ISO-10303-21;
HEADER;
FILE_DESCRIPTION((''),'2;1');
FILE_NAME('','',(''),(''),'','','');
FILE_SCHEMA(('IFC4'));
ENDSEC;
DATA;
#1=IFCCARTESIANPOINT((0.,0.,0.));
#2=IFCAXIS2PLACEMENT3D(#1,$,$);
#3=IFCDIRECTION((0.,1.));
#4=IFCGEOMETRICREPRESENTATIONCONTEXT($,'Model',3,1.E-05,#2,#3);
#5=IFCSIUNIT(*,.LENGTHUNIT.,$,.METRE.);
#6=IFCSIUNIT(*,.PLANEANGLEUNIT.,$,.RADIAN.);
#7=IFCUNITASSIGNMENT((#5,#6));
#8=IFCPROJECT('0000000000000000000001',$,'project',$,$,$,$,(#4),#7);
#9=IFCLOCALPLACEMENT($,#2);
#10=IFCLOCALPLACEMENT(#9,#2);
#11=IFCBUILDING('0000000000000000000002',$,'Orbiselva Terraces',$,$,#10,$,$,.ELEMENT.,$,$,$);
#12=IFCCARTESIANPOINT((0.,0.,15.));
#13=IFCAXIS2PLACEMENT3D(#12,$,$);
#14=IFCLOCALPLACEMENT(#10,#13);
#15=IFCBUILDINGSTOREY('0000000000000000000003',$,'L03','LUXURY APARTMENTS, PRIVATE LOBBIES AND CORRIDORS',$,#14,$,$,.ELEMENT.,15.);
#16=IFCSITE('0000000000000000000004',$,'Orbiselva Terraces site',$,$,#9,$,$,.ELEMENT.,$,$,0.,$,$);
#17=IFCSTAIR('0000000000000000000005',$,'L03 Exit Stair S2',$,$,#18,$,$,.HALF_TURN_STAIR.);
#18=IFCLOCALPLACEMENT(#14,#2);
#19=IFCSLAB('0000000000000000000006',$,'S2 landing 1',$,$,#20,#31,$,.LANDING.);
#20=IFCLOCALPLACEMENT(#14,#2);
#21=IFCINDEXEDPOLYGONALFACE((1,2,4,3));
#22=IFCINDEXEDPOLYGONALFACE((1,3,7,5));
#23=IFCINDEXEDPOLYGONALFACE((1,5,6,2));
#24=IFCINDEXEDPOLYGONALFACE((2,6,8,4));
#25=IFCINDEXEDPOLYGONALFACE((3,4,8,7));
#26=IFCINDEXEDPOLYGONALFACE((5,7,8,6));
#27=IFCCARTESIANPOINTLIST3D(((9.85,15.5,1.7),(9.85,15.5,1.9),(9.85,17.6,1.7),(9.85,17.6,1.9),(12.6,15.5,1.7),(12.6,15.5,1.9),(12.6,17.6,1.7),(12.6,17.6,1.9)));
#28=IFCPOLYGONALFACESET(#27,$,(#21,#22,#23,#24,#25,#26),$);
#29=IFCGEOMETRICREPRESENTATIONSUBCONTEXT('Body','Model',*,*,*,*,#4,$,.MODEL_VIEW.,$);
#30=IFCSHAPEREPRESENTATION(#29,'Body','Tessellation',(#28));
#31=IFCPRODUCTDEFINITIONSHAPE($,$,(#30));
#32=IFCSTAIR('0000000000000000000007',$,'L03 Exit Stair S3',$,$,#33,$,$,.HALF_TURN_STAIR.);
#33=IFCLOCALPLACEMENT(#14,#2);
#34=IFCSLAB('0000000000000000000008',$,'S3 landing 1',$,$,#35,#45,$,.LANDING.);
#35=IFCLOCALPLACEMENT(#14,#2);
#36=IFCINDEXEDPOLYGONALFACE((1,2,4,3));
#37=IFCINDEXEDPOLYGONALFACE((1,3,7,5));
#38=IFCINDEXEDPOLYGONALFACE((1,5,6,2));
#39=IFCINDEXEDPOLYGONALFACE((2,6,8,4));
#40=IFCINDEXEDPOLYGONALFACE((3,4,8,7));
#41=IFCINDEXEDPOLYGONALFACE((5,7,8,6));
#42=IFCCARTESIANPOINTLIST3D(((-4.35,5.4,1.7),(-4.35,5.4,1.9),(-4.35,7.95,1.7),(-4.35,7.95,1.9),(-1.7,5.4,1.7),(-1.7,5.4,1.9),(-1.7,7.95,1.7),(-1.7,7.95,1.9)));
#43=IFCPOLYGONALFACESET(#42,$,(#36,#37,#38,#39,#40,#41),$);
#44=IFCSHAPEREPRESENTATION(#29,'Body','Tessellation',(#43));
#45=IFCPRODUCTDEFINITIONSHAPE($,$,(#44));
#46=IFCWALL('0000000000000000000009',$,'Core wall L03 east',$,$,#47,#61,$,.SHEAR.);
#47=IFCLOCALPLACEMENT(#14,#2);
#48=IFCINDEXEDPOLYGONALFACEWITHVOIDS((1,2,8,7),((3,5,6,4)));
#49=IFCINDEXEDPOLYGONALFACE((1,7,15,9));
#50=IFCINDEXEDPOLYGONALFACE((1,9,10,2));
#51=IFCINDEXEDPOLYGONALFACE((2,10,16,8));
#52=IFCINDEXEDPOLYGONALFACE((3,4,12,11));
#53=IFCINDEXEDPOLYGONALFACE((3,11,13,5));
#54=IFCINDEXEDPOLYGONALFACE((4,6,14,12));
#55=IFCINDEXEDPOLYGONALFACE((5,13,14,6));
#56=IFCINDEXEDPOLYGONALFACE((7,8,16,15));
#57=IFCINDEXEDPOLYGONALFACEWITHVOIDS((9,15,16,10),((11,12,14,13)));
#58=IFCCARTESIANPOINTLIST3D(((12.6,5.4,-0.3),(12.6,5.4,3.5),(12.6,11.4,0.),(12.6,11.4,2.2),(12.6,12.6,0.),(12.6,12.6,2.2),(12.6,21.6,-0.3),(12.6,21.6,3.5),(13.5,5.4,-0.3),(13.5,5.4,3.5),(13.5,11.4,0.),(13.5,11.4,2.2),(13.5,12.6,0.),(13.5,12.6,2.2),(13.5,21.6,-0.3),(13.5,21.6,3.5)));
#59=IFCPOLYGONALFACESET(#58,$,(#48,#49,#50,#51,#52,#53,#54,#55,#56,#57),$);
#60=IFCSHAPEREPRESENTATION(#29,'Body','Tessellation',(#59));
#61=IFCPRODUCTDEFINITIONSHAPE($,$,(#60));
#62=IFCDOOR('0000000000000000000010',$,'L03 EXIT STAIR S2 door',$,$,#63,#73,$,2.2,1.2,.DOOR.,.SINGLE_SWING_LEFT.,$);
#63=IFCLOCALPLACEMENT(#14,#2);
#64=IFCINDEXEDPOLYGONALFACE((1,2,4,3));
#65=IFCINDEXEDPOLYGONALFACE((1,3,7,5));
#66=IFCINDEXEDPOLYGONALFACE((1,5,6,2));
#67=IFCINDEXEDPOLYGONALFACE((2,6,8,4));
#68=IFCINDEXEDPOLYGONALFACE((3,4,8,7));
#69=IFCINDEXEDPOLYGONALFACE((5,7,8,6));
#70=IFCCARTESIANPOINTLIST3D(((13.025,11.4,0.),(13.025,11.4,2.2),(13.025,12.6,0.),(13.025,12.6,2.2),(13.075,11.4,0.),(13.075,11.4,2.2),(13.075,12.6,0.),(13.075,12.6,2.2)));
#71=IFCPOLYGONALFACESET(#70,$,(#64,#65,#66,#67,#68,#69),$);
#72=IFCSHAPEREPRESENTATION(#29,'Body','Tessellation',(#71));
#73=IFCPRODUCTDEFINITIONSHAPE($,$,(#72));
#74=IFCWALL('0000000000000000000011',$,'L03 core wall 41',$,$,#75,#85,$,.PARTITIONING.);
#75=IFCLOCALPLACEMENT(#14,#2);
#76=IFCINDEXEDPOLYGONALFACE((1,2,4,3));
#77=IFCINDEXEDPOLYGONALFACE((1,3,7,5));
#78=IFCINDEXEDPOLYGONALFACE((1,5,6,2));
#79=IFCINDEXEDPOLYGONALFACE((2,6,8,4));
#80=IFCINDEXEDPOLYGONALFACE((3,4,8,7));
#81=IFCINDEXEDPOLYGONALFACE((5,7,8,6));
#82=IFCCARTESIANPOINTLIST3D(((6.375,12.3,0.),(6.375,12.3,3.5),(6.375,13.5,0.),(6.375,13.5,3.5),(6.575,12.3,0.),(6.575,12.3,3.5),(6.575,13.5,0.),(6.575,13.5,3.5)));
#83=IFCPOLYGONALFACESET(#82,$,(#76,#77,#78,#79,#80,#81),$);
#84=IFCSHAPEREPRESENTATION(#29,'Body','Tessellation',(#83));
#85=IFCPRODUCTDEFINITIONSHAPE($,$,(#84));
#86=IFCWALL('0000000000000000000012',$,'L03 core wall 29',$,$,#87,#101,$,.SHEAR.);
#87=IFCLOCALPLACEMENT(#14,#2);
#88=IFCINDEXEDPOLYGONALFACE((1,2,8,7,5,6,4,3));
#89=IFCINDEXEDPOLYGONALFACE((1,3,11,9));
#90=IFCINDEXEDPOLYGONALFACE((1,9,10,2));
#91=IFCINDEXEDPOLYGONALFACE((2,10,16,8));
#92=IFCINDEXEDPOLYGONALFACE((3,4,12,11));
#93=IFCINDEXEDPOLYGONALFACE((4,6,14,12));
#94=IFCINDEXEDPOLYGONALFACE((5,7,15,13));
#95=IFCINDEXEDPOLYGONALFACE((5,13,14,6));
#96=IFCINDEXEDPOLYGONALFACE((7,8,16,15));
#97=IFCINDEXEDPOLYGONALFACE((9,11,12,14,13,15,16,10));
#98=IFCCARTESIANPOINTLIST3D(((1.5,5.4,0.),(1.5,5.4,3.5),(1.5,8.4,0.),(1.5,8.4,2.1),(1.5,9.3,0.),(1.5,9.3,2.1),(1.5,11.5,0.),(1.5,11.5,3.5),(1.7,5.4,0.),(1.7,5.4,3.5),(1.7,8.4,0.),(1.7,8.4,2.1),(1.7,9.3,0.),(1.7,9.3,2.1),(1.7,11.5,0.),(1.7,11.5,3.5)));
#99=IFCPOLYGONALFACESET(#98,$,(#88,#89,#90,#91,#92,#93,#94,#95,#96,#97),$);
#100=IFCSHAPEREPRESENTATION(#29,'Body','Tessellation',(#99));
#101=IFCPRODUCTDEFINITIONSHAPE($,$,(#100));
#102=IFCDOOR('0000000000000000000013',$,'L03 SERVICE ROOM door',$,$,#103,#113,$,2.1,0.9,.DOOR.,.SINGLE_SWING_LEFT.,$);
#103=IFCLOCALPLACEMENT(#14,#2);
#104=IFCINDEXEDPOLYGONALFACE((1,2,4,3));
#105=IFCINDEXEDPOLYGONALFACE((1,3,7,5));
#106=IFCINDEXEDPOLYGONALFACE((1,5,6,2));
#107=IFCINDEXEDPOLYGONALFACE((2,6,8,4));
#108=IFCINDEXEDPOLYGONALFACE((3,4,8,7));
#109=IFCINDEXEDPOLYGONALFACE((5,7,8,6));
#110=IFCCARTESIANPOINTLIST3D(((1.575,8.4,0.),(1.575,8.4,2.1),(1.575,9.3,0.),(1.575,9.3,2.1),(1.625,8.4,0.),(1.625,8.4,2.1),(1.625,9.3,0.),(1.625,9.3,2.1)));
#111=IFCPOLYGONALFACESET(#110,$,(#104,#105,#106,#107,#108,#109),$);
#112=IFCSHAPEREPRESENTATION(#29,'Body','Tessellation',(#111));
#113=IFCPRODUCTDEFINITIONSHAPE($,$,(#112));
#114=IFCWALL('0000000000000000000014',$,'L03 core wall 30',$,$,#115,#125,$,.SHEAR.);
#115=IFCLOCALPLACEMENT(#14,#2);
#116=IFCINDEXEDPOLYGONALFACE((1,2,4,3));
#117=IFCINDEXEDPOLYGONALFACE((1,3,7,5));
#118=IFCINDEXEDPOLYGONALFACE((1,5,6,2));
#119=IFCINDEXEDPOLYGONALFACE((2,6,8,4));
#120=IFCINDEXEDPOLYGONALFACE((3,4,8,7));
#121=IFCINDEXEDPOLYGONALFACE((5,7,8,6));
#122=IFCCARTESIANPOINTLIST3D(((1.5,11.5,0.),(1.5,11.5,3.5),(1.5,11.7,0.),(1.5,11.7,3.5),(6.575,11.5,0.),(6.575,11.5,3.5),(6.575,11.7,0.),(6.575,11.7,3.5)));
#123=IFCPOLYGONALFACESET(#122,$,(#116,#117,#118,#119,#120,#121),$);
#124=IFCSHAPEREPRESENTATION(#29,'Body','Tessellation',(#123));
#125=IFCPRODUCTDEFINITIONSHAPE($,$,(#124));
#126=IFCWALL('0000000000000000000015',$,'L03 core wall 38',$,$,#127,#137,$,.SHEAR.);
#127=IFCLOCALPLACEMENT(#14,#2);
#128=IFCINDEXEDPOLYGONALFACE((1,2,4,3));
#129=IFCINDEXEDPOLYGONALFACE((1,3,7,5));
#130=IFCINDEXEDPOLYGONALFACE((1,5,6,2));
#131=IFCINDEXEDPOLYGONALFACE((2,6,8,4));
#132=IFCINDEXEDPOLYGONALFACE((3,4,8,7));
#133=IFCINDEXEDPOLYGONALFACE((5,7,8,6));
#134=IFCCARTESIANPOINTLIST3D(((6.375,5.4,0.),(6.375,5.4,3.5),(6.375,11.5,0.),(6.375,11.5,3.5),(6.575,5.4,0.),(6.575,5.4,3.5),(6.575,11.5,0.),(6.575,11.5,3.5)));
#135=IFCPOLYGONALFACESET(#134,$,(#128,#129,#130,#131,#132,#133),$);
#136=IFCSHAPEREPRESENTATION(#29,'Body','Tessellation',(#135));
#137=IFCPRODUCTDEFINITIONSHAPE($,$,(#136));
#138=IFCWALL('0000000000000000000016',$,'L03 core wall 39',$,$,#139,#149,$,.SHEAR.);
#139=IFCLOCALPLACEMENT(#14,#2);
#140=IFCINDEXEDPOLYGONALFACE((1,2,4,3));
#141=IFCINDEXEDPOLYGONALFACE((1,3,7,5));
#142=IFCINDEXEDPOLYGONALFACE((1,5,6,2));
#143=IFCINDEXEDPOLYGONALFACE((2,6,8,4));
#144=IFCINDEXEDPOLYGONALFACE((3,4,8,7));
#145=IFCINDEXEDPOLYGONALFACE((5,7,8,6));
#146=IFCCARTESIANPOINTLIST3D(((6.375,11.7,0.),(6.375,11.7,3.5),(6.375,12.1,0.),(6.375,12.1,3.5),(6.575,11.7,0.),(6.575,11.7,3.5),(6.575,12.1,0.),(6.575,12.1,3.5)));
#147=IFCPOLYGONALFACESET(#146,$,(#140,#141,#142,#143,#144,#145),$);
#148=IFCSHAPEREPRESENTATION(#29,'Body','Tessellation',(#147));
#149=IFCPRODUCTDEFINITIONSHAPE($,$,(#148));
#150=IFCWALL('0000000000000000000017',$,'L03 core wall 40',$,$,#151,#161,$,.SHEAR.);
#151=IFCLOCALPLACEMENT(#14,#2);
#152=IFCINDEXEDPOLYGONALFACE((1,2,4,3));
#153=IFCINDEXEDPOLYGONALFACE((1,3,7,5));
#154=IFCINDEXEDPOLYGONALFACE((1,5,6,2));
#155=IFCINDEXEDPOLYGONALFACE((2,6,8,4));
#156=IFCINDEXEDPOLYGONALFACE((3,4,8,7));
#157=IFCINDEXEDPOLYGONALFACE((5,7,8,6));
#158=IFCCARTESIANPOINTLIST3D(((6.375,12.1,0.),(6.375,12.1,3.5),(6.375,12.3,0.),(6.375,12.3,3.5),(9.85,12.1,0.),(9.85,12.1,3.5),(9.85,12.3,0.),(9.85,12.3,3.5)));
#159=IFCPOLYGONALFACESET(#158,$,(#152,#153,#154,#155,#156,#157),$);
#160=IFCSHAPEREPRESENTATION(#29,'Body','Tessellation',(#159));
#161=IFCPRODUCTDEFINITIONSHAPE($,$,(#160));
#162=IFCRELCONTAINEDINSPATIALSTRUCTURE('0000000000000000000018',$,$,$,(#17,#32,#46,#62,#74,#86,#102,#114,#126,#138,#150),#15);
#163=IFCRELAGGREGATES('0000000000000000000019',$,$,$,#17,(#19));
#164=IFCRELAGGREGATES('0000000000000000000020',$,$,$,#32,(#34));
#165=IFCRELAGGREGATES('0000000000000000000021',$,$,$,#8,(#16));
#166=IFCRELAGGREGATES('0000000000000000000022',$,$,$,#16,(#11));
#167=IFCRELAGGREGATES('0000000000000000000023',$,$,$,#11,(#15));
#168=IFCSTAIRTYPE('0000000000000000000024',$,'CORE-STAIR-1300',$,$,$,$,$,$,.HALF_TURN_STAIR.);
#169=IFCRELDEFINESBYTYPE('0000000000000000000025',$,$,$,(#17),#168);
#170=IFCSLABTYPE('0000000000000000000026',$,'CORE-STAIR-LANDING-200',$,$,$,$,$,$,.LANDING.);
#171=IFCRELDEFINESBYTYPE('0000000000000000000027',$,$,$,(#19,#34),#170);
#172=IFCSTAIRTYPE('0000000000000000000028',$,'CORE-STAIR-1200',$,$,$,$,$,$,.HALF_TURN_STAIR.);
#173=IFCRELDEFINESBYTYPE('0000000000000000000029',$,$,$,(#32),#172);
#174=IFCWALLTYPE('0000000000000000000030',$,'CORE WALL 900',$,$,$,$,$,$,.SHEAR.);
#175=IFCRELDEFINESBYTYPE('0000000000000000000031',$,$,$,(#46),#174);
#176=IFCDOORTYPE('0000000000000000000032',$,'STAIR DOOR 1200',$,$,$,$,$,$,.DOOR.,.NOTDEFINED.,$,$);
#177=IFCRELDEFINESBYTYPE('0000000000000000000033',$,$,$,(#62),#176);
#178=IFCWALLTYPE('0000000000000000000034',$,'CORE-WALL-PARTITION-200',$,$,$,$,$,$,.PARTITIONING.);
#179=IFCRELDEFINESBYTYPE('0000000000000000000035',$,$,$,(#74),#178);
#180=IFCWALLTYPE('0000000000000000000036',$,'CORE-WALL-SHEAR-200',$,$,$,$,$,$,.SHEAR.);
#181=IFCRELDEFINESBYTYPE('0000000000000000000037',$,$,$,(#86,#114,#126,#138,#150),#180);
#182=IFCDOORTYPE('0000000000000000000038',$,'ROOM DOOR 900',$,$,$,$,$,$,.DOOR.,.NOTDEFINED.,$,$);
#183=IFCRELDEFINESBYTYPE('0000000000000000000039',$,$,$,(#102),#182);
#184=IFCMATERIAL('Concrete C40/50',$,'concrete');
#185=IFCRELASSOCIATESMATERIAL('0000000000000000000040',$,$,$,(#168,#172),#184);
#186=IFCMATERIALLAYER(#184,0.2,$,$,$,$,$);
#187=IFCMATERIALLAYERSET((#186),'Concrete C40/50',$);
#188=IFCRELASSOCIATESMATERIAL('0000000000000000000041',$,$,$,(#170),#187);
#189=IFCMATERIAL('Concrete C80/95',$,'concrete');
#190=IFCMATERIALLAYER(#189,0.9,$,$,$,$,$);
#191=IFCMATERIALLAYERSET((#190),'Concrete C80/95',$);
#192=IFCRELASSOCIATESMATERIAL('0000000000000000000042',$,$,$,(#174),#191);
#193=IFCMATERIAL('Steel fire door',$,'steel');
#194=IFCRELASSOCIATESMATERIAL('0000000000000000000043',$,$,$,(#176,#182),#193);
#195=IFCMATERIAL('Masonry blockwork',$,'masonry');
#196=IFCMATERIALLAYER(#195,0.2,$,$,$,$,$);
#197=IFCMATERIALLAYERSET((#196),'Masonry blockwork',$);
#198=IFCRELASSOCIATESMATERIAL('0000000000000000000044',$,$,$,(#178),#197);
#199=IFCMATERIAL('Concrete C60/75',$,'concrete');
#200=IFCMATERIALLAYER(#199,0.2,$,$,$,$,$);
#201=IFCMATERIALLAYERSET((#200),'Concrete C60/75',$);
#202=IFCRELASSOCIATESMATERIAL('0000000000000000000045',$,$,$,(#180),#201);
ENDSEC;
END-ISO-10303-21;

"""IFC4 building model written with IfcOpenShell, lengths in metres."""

from ifc_helpers import new_model, si_unit, direction, frame, frame_2d, origin, place, context, subcontext, project, spatial, polyline, rectangle, outline, extrude, material, layer, layer_set, type_object, element, fill, aggregate, save


model = new_model("IFC4")

# Units and contexts
model_context = context("Model", 3, precision=1e-05, world=origin(), true_north=direction((0.0, 1.0)))
body_context = subcontext(model_context, "Body", "Model", "MODEL_VIEW")
ifc_project = project(units=[si_unit("LENGTHUNIT", "METRE"), si_unit("PLANEANGLEUNIT", "RADIAN")], contexts=[model_context])

# Site, building, storey
site_placement = place(None, origin())
site = spatial("IfcSite", under=ifc_project, at=site_placement, Name="Orbiselva Terraces site", CompositionType="ELEMENT", RefElevation=0.0)
building_placement = place(site_placement, origin())
building = spatial("IfcBuilding", under=site, at=building_placement, Name="Orbiselva Terraces", CompositionType="ELEMENT")
storey_placement = place(building_placement, frame((0.0, 0.0, 15.0)))
storey = spatial("IfcBuildingStorey", under=building, at=storey_placement, Name="L03", Description="LUXURY APARTMENTS, PRIVATE LOBBIES AND CORRIDORS", CompositionType="ELEMENT", Elevation=15.0)

# Stairs, slabs
ifc_material_1 = material(Name="Concrete C40/50", Category="concrete")
stair_type_1 = type_object("IfcStairType", Name="CORE-STAIR-1300", PredefinedType="HALF_TURN_STAIR", material=ifc_material_1)
stair_1_placement = place(storey_placement, origin())
stair_1 = element("IfcStair", 1, at=stair_1_placement, inside=storey, type_object=stair_type_1, Name="L03 Exit Stair S2", PredefinedType="HALF_TURN_STAIR")
ifc_layer_1 = layer(ifc_material_1, 0.2)
ifc_layer_set_1 = layer_set([ifc_layer_1], Name="Concrete C40/50")
slab_type = type_object("IfcSlabType", Name="CORE-STAIR-LANDING-200", PredefinedType="LANDING", material=ifc_layer_set_1)
slab_1_placement = place(storey_placement, frame((0.0, 0.0, 1.7)))
slab_1 = element("IfcSlab", 2, at=slab_1_placement, type_object=slab_type, Name="S2 landing 1", PredefinedType="LANDING", context=body_context, shape_type="SweptSolid", body=[
    extrude(outline(polyline([(12.6, 15.5), (12.6, 17.6), (9.85, 17.6), (9.85, 15.5), (12.6, 15.5)])), origin(), (0.0, 0.0, 1.0), 0.2),
])
aggregate(stair_1, [slab_1])
stair_type_2 = type_object("IfcStairType", Name="CORE-STAIR-1200", PredefinedType="HALF_TURN_STAIR", material=ifc_material_1)
stair_2_placement = place(storey_placement, origin())
stair_2 = element("IfcStair", 3, at=stair_2_placement, inside=storey, type_object=stair_type_2, Name="L03 Exit Stair S3", PredefinedType="HALF_TURN_STAIR")
slab_2_placement = place(storey_placement, frame((0.0, 0.0, 1.7)))
slab_2 = element("IfcSlab", 4, at=slab_2_placement, type_object=slab_type, Name="S3 landing 1", PredefinedType="LANDING", context=body_context, shape_type="SweptSolid", body=[
    extrude(outline(polyline([(-4.35, 5.4), (-1.7, 5.4), (-1.7, 7.95), (-4.35, 7.95), (-4.35, 5.4)])), origin(), (0.0, 0.0, 1.0), 0.2),
])
aggregate(stair_2, [slab_2])

# Wall, opening, door
ifc_material_2 = material(Name="Concrete C80/95", Category="concrete")
ifc_layer_2 = layer(ifc_material_2, 0.9)
ifc_layer_set_2 = layer_set([ifc_layer_2], Name="Concrete C80/95")
wall_type_1 = type_object("IfcWallType", Name="CORE WALL 900", PredefinedType="SHEAR", material=ifc_layer_set_2)
wall_1_placement = place(storey_placement, frame((13.05, 5.4, -0.3), z_axis=(0.0, 0.0, 1.0), x_axis=(0.0, 1.0, 0.0)))
wall_1 = element("IfcWall", 5, at=wall_1_placement, inside=storey, type_object=wall_type_1, Name="Core wall L03 east", PredefinedType="SHEAR", context=body_context, shape_type="SweptSolid", body=[
    extrude(rectangle(XDim=16.2, YDim=0.9, at=frame_2d((8.1, 0.0))), origin(), (0.0, 0.0, 1.0), 3.8),
])
opening_1_placement = place(wall_1_placement, frame((6.0, 0.0, 0.3)))
opening_1 = element("IfcOpeningElement", 6, at=opening_1_placement, cuts=wall_1, PredefinedType="OPENING", context=body_context, shape_type="SweptSolid", body=[
    extrude(rectangle(XDim=1.2, YDim=2.2, at=frame_2d((0.6, 1.1))), frame((0.0, 0.46, 0.0), z_axis=(0.0, -1.0, 0.0), x_axis=(1.0, 0.0, 0.0)), (0.0, 0.0, 1.0), 0.92),
])
ifc_material_3 = material(Name="Steel fire door", Category="steel")
door_type_1 = type_object("IfcDoorType", Name="STAIR DOOR 1200", OperationType="NOTDEFINED", PredefinedType="DOOR", material=ifc_material_3)
door_1_placement = place(opening_1_placement, frame((1.2, 0.0, 0.0), z_axis=(0.0, 0.0, 1.0), x_axis=(-1.0, 0.0, 0.0)))
door_1 = element("IfcDoor", 7, at=door_1_placement, inside=storey, type_object=door_type_1, Name="L03 EXIT STAIR S2 door", OperationType="SINGLE_SWING_LEFT", OverallHeight=2.2, OverallWidth=1.2, PredefinedType="DOOR", context=body_context, shape_type="SweptSolid", body=[
    extrude(rectangle(XDim=1.2, YDim=2.2, at=frame_2d((0.6, 1.1))), frame((0.0, 0.025, 0.0), z_axis=(0.0, -1.0, 0.0), x_axis=(1.0, 0.0, 0.0)), (0.0, 0.0, 1.0), 0.05),
])
fill(opening_1, door_1)

# Wall
ifc_material_4 = material(Name="Masonry blockwork", Category="masonry")
ifc_layer_3 = layer(ifc_material_4, 0.2)
ifc_layer_set_3 = layer_set([ifc_layer_3], Name="Masonry blockwork")
wall_type_2 = type_object("IfcWallType", Name="CORE-WALL-PARTITION-200", PredefinedType="PARTITIONING", material=ifc_layer_set_3)
wall_2_placement = place(storey_placement, frame((6.475, 12.3, 0.0), z_axis=(0.0, 0.0, 1.0), x_axis=(0.0, 1.0, 0.0)))
element("IfcWall", 8, at=wall_2_placement, inside=storey, type_object=wall_type_2, Name="L03 core wall 41", PredefinedType="PARTITIONING", context=body_context, shape_type="SweptSolid", body=[
    extrude(rectangle(XDim=1.2, YDim=0.2, at=frame_2d((0.6, 0.0))), origin(), (0.0, 0.0, 1.0), 3.5),
])

# Wall, opening, door
ifc_material_5 = material(Name="Concrete C60/75", Category="concrete")
ifc_layer_4 = layer(ifc_material_5, 0.2)
ifc_layer_set_4 = layer_set([ifc_layer_4], Name="Concrete C60/75")
wall_type_3 = type_object("IfcWallType", Name="CORE-WALL-SHEAR-200", PredefinedType="SHEAR", material=ifc_layer_set_4)
wall_3_placement = place(storey_placement, frame((1.6, 11.5, 0.0), z_axis=(0.0, 0.0, 1.0), x_axis=(0.0, -1.0, 0.0)))
wall_3 = element("IfcWall", 9, at=wall_3_placement, inside=storey, type_object=wall_type_3, Name="L03 core wall 29", PredefinedType="SHEAR", context=body_context, shape_type="SweptSolid", body=[
    extrude(rectangle(XDim=6.1, YDim=0.2, at=frame_2d((3.05, 0.0))), origin(), (0.0, 0.0, 1.0), 3.5),
])
opening_2_placement = place(wall_3_placement, frame((2.2, 0.0, 0.0)))
opening_2 = element("IfcOpeningElement", 10, at=opening_2_placement, cuts=wall_3, PredefinedType="OPENING", context=body_context, shape_type="SweptSolid", body=[
    extrude(rectangle(XDim=0.9, YDim=2.1, at=frame_2d((0.45, 1.05))), frame((0.0, 0.11, 0.0), z_axis=(0.0, -1.0, 0.0), x_axis=(1.0, 0.0, 0.0)), (0.0, 0.0, 1.0), 0.22),
])
door_type_2 = type_object("IfcDoorType", Name="ROOM DOOR 900", OperationType="NOTDEFINED", PredefinedType="DOOR", material=ifc_material_3)
door_2_placement = place(opening_2_placement, origin())
door_2 = element("IfcDoor", 11, at=door_2_placement, inside=storey, type_object=door_type_2, Name="L03 SERVICE ROOM door", OperationType="SINGLE_SWING_LEFT", OverallHeight=2.1, OverallWidth=0.9, PredefinedType="DOOR", context=body_context, shape_type="SweptSolid", body=[
    extrude(rectangle(XDim=0.9, YDim=2.1, at=frame_2d((0.45, 1.05))), frame((0.0, 0.025, 0.0), z_axis=(0.0, -1.0, 0.0), x_axis=(1.0, 0.0, 0.0)), (0.0, 0.0, 1.0), 0.05),
])
fill(opening_2, door_2)

# Walls
wall_4_placement = place(storey_placement, frame((1.5, 11.6, 0.0), z_axis=(0.0, 0.0, 1.0), x_axis=(1.0, 0.0, 0.0)))
element("IfcWall", 12, at=wall_4_placement, inside=storey, type_object=wall_type_3, Name="L03 core wall 30", PredefinedType="SHEAR", context=body_context, shape_type="SweptSolid", body=[
    extrude(rectangle(XDim=5.075, YDim=0.2, at=frame_2d((2.5375, 0.0))), origin(), (0.0, 0.0, 1.0), 3.5),
])
wall_5_placement = place(storey_placement, frame((6.475, 5.4, 0.0), z_axis=(0.0, 0.0, 1.0), x_axis=(0.0, 1.0, 0.0)))
element("IfcWall", 13, at=wall_5_placement, inside=storey, type_object=wall_type_3, Name="L03 core wall 38", PredefinedType="SHEAR", context=body_context, shape_type="SweptSolid", body=[
    extrude(rectangle(XDim=6.1, YDim=0.2, at=frame_2d((3.05, 0.0))), origin(), (0.0, 0.0, 1.0), 3.5),
])
wall_6_placement = place(storey_placement, frame((6.475, 11.7, 0.0), z_axis=(0.0, 0.0, 1.0), x_axis=(0.0, 1.0, 0.0)))
element("IfcWall", 14, at=wall_6_placement, inside=storey, type_object=wall_type_3, Name="L03 core wall 39", PredefinedType="SHEAR", context=body_context, shape_type="SweptSolid", body=[
    extrude(rectangle(XDim=0.4, YDim=0.2, at=frame_2d((0.2, 0.0))), origin(), (0.0, 0.0, 1.0), 3.5),
])
wall_7_placement = place(storey_placement, frame((6.375, 12.2, 0.0), z_axis=(0.0, 0.0, 1.0), x_axis=(1.0, 0.0, 0.0)))
element("IfcWall", 15, at=wall_7_placement, inside=storey, type_object=wall_type_3, Name="L03 core wall 40", PredefinedType="SHEAR", context=body_context, shape_type="SweptSolid", body=[
    extrude(rectangle(XDim=3.475, YDim=0.2, at=frame_2d((1.7375, 0.0))), origin(), (0.0, 0.0, 1.0), 3.5),
])

save(model, "model.ifc")
